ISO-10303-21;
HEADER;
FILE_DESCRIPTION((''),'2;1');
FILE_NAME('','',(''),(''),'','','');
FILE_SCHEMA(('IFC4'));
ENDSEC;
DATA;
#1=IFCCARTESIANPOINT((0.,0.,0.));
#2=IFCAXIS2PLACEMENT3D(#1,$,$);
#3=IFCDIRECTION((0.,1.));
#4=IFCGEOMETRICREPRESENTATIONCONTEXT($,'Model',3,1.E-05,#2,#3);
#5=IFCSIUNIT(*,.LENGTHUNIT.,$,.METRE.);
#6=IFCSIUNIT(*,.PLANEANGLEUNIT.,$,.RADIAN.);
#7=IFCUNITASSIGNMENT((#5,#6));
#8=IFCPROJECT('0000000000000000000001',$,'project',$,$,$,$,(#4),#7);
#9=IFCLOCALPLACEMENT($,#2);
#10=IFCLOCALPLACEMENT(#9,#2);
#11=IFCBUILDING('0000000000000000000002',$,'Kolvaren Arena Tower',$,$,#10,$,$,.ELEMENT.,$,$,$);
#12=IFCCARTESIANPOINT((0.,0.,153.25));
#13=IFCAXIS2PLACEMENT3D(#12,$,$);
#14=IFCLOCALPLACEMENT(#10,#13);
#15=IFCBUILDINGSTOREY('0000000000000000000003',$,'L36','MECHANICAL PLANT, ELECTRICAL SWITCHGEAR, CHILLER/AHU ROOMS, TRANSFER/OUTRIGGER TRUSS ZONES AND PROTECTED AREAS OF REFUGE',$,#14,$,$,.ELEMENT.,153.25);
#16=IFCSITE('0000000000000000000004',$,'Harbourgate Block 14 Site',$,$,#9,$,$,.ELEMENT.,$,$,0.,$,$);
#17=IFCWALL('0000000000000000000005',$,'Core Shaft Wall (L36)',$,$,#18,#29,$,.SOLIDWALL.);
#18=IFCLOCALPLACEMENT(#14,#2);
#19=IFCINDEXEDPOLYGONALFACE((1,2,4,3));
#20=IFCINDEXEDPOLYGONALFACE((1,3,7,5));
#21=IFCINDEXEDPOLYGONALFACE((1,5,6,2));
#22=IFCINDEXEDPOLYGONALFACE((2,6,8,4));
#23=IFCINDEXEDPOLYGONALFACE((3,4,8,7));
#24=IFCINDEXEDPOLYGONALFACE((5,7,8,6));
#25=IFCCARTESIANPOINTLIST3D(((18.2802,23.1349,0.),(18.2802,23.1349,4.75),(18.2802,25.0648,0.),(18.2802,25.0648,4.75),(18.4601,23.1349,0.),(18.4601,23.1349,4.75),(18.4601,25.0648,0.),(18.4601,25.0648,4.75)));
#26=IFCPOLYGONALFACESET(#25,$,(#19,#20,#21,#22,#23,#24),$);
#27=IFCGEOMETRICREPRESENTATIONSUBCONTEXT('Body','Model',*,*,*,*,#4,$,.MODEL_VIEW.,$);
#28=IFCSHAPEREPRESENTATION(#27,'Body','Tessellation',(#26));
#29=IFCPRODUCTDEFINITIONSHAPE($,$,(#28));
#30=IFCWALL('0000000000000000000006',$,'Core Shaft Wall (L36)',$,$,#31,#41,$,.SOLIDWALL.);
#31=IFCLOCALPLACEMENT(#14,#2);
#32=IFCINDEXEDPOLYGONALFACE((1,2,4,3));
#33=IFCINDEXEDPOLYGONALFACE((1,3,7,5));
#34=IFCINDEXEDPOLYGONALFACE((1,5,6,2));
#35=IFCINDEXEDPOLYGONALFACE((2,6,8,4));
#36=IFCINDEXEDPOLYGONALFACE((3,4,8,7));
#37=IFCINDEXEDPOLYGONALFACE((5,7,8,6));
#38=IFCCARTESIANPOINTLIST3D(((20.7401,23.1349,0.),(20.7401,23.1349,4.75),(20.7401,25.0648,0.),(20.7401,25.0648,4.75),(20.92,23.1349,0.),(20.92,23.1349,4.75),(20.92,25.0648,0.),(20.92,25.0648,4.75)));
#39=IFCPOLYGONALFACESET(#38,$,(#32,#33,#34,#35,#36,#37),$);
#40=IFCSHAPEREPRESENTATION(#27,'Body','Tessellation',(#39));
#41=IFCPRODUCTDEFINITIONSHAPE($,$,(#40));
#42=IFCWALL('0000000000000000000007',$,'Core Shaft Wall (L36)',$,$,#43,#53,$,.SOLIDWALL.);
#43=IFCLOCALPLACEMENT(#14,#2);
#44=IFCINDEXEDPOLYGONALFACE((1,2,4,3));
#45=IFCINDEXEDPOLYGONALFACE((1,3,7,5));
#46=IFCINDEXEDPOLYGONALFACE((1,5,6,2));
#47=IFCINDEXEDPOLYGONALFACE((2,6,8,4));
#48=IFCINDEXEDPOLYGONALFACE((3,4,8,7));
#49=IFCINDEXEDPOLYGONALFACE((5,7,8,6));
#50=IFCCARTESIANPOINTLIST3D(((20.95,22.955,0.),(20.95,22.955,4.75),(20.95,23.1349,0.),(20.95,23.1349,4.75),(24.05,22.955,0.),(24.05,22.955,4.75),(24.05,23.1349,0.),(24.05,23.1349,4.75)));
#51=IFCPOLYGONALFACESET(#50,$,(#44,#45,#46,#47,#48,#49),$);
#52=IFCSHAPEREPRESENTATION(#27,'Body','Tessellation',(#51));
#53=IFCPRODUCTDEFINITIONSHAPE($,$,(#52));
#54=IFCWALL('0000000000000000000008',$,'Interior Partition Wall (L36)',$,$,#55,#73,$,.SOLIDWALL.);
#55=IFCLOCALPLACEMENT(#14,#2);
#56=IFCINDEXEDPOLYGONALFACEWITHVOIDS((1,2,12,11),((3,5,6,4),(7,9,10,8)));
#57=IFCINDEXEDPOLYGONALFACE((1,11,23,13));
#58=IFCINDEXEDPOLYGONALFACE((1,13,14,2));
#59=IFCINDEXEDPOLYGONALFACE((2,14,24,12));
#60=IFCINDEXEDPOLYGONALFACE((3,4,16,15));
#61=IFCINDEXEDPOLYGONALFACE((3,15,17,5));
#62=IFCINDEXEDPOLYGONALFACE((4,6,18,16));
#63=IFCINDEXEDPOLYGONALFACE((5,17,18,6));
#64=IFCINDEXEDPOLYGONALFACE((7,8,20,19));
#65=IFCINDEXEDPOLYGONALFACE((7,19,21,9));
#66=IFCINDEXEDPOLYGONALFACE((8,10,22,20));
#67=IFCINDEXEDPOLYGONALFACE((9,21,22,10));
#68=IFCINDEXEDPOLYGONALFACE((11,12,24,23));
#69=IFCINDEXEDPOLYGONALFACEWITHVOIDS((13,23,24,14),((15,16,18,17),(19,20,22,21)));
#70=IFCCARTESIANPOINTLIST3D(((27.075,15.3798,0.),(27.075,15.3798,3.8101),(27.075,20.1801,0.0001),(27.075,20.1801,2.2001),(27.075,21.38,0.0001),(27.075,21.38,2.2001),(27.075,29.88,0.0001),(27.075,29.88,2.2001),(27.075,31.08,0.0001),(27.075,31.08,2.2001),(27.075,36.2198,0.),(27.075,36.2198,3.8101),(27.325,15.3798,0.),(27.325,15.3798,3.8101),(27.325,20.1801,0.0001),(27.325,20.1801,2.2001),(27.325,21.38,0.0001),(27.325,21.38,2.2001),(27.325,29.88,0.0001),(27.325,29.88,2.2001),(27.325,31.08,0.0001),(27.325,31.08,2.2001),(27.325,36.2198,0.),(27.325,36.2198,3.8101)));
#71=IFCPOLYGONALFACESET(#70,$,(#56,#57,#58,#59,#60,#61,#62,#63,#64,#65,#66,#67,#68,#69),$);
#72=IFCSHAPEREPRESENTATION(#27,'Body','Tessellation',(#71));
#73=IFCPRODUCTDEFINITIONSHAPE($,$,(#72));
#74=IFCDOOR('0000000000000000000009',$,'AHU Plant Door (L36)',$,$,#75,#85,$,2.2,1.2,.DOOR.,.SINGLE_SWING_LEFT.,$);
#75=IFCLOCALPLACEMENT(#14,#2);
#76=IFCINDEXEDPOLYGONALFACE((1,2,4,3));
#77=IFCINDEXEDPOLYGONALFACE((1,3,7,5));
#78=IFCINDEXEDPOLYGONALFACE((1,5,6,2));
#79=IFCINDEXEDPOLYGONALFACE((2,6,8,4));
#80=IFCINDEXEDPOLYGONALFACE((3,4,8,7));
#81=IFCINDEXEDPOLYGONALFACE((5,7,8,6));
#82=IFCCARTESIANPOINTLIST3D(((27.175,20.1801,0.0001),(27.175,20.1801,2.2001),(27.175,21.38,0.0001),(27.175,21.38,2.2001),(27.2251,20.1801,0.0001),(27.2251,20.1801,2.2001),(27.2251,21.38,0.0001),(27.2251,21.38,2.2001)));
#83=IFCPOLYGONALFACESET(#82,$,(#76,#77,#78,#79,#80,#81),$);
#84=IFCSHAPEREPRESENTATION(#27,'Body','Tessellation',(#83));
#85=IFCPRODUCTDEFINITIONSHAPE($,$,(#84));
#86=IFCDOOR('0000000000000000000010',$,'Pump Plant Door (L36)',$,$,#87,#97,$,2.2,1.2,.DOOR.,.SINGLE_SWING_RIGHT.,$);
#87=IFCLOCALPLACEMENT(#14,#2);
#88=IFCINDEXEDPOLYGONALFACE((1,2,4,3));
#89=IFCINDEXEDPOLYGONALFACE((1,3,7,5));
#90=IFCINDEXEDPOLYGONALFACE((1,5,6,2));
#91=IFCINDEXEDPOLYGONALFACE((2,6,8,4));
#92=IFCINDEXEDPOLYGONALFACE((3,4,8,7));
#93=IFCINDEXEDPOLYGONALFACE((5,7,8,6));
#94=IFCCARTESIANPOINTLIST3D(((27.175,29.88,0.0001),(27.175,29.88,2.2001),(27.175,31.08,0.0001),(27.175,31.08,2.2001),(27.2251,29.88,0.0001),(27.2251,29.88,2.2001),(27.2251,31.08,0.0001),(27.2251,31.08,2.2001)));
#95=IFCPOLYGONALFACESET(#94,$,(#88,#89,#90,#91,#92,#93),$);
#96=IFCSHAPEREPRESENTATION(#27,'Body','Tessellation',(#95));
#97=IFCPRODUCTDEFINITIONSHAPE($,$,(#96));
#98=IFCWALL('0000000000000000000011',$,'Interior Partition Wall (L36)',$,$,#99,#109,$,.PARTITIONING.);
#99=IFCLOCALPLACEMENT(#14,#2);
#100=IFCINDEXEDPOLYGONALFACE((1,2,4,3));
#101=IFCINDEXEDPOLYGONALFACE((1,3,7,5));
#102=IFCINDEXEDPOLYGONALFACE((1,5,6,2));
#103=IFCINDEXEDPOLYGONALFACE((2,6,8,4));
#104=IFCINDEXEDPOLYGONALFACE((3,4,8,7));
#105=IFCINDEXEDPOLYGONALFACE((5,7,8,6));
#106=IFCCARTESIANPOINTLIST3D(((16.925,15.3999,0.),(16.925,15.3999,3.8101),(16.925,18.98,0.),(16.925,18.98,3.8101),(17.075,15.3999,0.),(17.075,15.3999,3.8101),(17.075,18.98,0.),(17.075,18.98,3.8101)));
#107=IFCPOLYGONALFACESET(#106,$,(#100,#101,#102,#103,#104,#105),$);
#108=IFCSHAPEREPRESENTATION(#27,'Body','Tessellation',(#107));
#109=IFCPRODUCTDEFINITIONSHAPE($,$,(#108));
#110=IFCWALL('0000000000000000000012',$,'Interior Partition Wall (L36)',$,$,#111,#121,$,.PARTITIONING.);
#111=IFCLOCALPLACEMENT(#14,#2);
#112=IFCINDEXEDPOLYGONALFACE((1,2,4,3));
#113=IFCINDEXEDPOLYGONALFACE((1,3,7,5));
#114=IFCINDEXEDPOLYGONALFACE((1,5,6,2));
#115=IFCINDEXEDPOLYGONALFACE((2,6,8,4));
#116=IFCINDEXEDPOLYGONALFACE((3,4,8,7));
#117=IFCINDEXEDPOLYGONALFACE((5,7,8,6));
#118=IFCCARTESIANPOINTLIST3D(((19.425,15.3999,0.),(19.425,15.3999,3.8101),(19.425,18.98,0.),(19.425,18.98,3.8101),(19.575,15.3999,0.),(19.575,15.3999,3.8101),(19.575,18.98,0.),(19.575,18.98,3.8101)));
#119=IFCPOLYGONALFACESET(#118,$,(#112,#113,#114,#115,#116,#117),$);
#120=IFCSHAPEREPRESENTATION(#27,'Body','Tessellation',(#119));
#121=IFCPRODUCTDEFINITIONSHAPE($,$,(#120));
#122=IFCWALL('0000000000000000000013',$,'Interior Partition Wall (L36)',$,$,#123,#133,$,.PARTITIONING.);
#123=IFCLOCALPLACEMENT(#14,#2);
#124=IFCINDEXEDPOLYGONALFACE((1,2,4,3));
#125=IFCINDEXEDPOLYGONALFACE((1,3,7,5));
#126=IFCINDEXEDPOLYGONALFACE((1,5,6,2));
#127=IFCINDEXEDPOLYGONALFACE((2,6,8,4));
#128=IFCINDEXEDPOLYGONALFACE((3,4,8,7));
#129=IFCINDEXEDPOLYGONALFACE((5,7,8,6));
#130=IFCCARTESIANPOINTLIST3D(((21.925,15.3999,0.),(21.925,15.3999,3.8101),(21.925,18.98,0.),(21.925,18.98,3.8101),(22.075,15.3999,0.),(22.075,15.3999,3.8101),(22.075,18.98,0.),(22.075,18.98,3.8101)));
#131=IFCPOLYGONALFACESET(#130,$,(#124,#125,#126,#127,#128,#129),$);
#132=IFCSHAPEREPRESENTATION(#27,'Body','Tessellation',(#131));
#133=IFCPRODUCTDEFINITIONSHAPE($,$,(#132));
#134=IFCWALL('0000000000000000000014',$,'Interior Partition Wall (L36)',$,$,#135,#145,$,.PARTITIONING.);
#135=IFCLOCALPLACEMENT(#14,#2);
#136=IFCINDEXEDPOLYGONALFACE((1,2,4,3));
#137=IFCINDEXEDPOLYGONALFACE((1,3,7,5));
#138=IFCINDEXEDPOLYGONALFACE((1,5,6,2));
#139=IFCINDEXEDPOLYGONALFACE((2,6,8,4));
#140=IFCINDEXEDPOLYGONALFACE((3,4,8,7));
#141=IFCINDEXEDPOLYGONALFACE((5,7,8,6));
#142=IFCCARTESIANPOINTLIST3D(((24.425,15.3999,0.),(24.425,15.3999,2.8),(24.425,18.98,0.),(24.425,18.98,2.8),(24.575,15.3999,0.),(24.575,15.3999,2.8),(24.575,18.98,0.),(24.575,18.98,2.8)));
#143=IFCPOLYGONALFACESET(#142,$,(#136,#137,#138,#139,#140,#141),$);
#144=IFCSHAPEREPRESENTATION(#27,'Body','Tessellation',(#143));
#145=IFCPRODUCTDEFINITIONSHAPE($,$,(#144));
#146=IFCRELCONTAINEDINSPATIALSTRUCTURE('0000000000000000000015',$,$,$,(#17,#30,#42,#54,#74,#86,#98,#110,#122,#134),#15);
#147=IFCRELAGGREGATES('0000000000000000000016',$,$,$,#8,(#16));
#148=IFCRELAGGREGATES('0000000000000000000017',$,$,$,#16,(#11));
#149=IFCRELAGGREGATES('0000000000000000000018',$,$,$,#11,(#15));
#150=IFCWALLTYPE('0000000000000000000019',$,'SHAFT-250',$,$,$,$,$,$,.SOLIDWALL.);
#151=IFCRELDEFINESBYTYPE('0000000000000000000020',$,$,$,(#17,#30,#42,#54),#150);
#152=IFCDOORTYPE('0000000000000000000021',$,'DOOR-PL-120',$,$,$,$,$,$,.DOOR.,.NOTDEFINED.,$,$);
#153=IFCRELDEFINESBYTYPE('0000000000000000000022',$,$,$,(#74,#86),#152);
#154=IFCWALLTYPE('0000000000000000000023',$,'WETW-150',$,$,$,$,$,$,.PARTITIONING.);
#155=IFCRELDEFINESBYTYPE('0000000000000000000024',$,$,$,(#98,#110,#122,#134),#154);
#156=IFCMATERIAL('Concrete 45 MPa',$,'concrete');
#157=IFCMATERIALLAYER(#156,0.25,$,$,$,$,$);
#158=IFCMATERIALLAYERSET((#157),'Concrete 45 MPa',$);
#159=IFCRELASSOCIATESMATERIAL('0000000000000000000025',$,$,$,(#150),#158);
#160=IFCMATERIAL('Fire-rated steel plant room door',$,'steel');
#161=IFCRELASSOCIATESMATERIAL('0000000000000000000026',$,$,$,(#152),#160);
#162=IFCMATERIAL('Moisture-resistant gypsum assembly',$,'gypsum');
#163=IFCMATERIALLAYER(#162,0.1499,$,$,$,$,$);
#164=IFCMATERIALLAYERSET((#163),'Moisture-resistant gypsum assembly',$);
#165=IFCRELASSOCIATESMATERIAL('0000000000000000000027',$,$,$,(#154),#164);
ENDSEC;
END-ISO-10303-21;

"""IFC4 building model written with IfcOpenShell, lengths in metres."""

from ifc_helpers import new_model, si_unit, direction, frame, frame_2d, origin, place, context, subcontext, project, spatial, rectangle, extrude, material, layer, layer_set, type_object, element, fill, save


model = new_model("IFC4")

# Units and contexts
model_context = context("Model", 3, precision=1e-05, world=origin(), true_north=direction((0.0, 1.0)))
body_context = subcontext(model_context, "Body", "Model", "MODEL_VIEW")
ifc_project = project(units=[si_unit("LENGTHUNIT", "METRE"), si_unit("PLANEANGLEUNIT", "RADIAN")], contexts=[model_context])

# Site, building, storey
site_placement = place(None, origin())
site = spatial("IfcSite", under=ifc_project, at=site_placement, Name="Harbourgate Block 14 Site", CompositionType="ELEMENT", RefElevation=0.0)
building_placement = place(site_placement, origin())
building = spatial("IfcBuilding", under=site, at=building_placement, Name="Kolvaren Arena Tower", CompositionType="ELEMENT")
storey_placement = place(building_placement, frame((0.0, 0.0, 153.25)))
storey = spatial("IfcBuildingStorey", under=building, at=storey_placement, Name="L36", Description="MECHANICAL PLANT, ELECTRICAL SWITCHGEAR, CHILLER/AHU ROOMS, TRANSFER/OUTRIGGER TRUSS ZONES AND PROTECTED AREAS OF REFUGE", CompositionType="ELEMENT", Elevation=153.25)

# Walls
ifc_material_1 = material(Name="Concrete 45 MPa", Category="concrete")
ifc_layer_1 = layer(ifc_material_1, 0.25)
ifc_layer_set_1 = layer_set([ifc_layer_1], Name="Concrete 45 MPa")
wall_type_1 = type_object("IfcWallType", Name="SHAFT-250", PredefinedType="SOLIDWALL", material=ifc_layer_set_1)
for number, where, z_axis, x_axis, name in (
    (1, (18.3701, 23.135, 0.0), (0.0, 0.0, 1.0), (0.0, 1.0, 0.0), "Core Shaft Wall (L36)"),
    (2, (20.8301, 23.135, 0.0), (0.0, 0.0, 1.0), (0.0, 1.0, 0.0), "Core Shaft Wall (L36)"),
):
    element("IfcWall", number, at=place(storey_placement, frame(where, z_axis=z_axis, x_axis=x_axis)), inside=storey, type_object=wall_type_1, Name=name, PredefinedType="SOLIDWALL", context=body_context, shape_type="SweptSolid", body=[
        extrude(rectangle(XDim=1.9299, YDim=0.1799, at=frame_2d((0.9648, 0.0))), origin(), (0.0, 0.0, 1.0), 4.75),
    ])
wall_1_placement = place(storey_placement, frame((20.95, 23.0449, 0.0), z_axis=(0.0, 0.0, 1.0), x_axis=(1.0, 0.0, 0.0)))
element("IfcWall", 3, at=wall_1_placement, inside=storey, type_object=wall_type_1, Name="Core Shaft Wall (L36)", PredefinedType="SOLIDWALL", context=body_context, shape_type="SweptSolid", body=[
    extrude(rectangle(XDim=3.1001, YDim=0.1799, at=frame_2d((1.55, 0.0))), origin(), (0.0, 0.0, 1.0), 4.75),
])

# Wall, openings, doors
wall_2_placement = place(storey_placement, frame((27.2, 15.3799, 0.0), z_axis=(0.0, 0.0, 1.0), x_axis=(0.0, 1.0, 0.0)))
wall_2 = element("IfcWall", 4, at=wall_2_placement, inside=storey, type_object=wall_type_1, Name="Interior Partition Wall (L36)", PredefinedType="SOLIDWALL", context=body_context, shape_type="SweptSolid", body=[
    extrude(rectangle(XDim=20.8401, YDim=0.25, at=frame_2d((10.4199, 0.0))), origin(), (0.0, 0.0, 1.0), 3.8101),
])
opening_1_placement = place(wall_2_placement, frame((4.8, 0.0, 0.0)))
opening_1 = element("IfcOpeningElement", 5, at=opening_1_placement, cuts=wall_2, PredefinedType="OPENING", context=body_context, shape_type="SweptSolid", body=[
    extrude(rectangle(XDim=1.2, YDim=2.2, at=frame_2d((0.6001, 1.1001))), frame((0.0, 0.135, 0.0), z_axis=(0.0, -1.0, 0.0), x_axis=(1.0, 0.0, 0.0)), (0.0, 0.0, 1.0), 0.27),
])
opening_2_placement = place(wall_2_placement, frame((14.5, 0.0, 0.0)))
opening_2 = element("IfcOpeningElement", 6, at=opening_2_placement, cuts=wall_2, PredefinedType="OPENING", context=body_context, shape_type="SweptSolid", body=[
    extrude(rectangle(XDim=1.2, YDim=2.2, at=frame_2d((0.6001, 1.1001))), frame((0.0, 0.135, 0.0), z_axis=(0.0, -1.0, 0.0), x_axis=(1.0, 0.0, 0.0)), (0.0, 0.0, 1.0), 0.27),
])
ifc_material_2 = material(Name="Fire-rated steel plant room door", Category="steel")
door_type_1 = type_object("IfcDoorType", Name="DOOR-PL-120", OperationType="NOTDEFINED", PredefinedType="DOOR", material=ifc_material_2)
door_1_placement = place(opening_1_placement, origin())
door_1 = element("IfcDoor", 7, at=door_1_placement, inside=storey, type_object=door_type_1, Name="AHU Plant Door (L36)", OperationType="SINGLE_SWING_LEFT", OverallHeight=2.2, OverallWidth=1.2, PredefinedType="DOOR", context=body_context, shape_type="SweptSolid", body=[
    extrude(rectangle(XDim=1.2, YDim=2.2, at=frame_2d((0.6001, 1.1001))), frame((0.0, 0.0249, 0.0), z_axis=(0.0, -1.0, 0.0), x_axis=(1.0, 0.0, 0.0)), (0.0, 0.0, 1.0), 0.05),
])
fill(opening_1, door_1)
door_2_placement = place(opening_2_placement, origin())
door_2 = element("IfcDoor", 8, at=door_2_placement, inside=storey, type_object=door_type_1, Name="Pump Plant Door (L36)", OperationType="SINGLE_SWING_RIGHT", OverallHeight=2.2, OverallWidth=1.2, PredefinedType="DOOR", context=body_context, shape_type="SweptSolid", body=[
    extrude(rectangle(XDim=1.2, YDim=2.2, at=frame_2d((0.6001, 1.1001))), frame((0.0, 0.0249, 0.0), z_axis=(0.0, -1.0, 0.0), x_axis=(1.0, 0.0, 0.0)), (0.0, 0.0, 1.0), 0.05),
])
fill(opening_2, door_2)

# Walls
ifc_material_3 = material(Name="Moisture-resistant gypsum assembly", Category="gypsum")
ifc_layer_2 = layer(ifc_material_3, 0.1499)
ifc_layer_set_2 = layer_set([ifc_layer_2], Name="Moisture-resistant gypsum assembly")
wall_type_2 = type_object("IfcWallType", Name="WETW-150", PredefinedType="PARTITIONING", material=ifc_layer_set_2)
for number, where, z_axis, x_axis, name in (
    (9, (17.0, 15.3999, 0.0), (0.0, 0.0, 1.0), (0.0, 1.0, 0.0), "Interior Partition Wall (L36)"),
    (10, (19.5, 15.3999, 0.0), (0.0, 0.0, 1.0), (0.0, 1.0, 0.0), "Interior Partition Wall (L36)"),
    (11, (22.0, 15.3999, 0.0), (0.0, 0.0, 1.0), (0.0, 1.0, 0.0), "Interior Partition Wall (L36)"),
):
    element("IfcWall", number, at=place(storey_placement, frame(where, z_axis=z_axis, x_axis=x_axis)), inside=storey, type_object=wall_type_2, Name=name, PredefinedType="PARTITIONING", context=body_context, shape_type="SweptSolid", body=[
        extrude(rectangle(XDim=3.5801, YDim=0.1499, at=frame_2d((1.79, 0.0))), origin(), (0.0, 0.0, 1.0), 3.8101),
    ])
wall_3_placement = place(storey_placement, frame((24.5, 15.3999, 0.0), z_axis=(0.0, 0.0, 1.0), x_axis=(0.0, 1.0, 0.0)))
element("IfcWall", 12, at=wall_3_placement, inside=storey, type_object=wall_type_2, Name="Interior Partition Wall (L36)", PredefinedType="PARTITIONING", context=body_context, shape_type="SweptSolid", body=[
    extrude(rectangle(XDim=3.5801, YDim=0.1499, at=frame_2d((1.79, 0.0))), origin(), (0.0, 0.0, 1.0), 2.8),
])

save(model, "model.ifc")
